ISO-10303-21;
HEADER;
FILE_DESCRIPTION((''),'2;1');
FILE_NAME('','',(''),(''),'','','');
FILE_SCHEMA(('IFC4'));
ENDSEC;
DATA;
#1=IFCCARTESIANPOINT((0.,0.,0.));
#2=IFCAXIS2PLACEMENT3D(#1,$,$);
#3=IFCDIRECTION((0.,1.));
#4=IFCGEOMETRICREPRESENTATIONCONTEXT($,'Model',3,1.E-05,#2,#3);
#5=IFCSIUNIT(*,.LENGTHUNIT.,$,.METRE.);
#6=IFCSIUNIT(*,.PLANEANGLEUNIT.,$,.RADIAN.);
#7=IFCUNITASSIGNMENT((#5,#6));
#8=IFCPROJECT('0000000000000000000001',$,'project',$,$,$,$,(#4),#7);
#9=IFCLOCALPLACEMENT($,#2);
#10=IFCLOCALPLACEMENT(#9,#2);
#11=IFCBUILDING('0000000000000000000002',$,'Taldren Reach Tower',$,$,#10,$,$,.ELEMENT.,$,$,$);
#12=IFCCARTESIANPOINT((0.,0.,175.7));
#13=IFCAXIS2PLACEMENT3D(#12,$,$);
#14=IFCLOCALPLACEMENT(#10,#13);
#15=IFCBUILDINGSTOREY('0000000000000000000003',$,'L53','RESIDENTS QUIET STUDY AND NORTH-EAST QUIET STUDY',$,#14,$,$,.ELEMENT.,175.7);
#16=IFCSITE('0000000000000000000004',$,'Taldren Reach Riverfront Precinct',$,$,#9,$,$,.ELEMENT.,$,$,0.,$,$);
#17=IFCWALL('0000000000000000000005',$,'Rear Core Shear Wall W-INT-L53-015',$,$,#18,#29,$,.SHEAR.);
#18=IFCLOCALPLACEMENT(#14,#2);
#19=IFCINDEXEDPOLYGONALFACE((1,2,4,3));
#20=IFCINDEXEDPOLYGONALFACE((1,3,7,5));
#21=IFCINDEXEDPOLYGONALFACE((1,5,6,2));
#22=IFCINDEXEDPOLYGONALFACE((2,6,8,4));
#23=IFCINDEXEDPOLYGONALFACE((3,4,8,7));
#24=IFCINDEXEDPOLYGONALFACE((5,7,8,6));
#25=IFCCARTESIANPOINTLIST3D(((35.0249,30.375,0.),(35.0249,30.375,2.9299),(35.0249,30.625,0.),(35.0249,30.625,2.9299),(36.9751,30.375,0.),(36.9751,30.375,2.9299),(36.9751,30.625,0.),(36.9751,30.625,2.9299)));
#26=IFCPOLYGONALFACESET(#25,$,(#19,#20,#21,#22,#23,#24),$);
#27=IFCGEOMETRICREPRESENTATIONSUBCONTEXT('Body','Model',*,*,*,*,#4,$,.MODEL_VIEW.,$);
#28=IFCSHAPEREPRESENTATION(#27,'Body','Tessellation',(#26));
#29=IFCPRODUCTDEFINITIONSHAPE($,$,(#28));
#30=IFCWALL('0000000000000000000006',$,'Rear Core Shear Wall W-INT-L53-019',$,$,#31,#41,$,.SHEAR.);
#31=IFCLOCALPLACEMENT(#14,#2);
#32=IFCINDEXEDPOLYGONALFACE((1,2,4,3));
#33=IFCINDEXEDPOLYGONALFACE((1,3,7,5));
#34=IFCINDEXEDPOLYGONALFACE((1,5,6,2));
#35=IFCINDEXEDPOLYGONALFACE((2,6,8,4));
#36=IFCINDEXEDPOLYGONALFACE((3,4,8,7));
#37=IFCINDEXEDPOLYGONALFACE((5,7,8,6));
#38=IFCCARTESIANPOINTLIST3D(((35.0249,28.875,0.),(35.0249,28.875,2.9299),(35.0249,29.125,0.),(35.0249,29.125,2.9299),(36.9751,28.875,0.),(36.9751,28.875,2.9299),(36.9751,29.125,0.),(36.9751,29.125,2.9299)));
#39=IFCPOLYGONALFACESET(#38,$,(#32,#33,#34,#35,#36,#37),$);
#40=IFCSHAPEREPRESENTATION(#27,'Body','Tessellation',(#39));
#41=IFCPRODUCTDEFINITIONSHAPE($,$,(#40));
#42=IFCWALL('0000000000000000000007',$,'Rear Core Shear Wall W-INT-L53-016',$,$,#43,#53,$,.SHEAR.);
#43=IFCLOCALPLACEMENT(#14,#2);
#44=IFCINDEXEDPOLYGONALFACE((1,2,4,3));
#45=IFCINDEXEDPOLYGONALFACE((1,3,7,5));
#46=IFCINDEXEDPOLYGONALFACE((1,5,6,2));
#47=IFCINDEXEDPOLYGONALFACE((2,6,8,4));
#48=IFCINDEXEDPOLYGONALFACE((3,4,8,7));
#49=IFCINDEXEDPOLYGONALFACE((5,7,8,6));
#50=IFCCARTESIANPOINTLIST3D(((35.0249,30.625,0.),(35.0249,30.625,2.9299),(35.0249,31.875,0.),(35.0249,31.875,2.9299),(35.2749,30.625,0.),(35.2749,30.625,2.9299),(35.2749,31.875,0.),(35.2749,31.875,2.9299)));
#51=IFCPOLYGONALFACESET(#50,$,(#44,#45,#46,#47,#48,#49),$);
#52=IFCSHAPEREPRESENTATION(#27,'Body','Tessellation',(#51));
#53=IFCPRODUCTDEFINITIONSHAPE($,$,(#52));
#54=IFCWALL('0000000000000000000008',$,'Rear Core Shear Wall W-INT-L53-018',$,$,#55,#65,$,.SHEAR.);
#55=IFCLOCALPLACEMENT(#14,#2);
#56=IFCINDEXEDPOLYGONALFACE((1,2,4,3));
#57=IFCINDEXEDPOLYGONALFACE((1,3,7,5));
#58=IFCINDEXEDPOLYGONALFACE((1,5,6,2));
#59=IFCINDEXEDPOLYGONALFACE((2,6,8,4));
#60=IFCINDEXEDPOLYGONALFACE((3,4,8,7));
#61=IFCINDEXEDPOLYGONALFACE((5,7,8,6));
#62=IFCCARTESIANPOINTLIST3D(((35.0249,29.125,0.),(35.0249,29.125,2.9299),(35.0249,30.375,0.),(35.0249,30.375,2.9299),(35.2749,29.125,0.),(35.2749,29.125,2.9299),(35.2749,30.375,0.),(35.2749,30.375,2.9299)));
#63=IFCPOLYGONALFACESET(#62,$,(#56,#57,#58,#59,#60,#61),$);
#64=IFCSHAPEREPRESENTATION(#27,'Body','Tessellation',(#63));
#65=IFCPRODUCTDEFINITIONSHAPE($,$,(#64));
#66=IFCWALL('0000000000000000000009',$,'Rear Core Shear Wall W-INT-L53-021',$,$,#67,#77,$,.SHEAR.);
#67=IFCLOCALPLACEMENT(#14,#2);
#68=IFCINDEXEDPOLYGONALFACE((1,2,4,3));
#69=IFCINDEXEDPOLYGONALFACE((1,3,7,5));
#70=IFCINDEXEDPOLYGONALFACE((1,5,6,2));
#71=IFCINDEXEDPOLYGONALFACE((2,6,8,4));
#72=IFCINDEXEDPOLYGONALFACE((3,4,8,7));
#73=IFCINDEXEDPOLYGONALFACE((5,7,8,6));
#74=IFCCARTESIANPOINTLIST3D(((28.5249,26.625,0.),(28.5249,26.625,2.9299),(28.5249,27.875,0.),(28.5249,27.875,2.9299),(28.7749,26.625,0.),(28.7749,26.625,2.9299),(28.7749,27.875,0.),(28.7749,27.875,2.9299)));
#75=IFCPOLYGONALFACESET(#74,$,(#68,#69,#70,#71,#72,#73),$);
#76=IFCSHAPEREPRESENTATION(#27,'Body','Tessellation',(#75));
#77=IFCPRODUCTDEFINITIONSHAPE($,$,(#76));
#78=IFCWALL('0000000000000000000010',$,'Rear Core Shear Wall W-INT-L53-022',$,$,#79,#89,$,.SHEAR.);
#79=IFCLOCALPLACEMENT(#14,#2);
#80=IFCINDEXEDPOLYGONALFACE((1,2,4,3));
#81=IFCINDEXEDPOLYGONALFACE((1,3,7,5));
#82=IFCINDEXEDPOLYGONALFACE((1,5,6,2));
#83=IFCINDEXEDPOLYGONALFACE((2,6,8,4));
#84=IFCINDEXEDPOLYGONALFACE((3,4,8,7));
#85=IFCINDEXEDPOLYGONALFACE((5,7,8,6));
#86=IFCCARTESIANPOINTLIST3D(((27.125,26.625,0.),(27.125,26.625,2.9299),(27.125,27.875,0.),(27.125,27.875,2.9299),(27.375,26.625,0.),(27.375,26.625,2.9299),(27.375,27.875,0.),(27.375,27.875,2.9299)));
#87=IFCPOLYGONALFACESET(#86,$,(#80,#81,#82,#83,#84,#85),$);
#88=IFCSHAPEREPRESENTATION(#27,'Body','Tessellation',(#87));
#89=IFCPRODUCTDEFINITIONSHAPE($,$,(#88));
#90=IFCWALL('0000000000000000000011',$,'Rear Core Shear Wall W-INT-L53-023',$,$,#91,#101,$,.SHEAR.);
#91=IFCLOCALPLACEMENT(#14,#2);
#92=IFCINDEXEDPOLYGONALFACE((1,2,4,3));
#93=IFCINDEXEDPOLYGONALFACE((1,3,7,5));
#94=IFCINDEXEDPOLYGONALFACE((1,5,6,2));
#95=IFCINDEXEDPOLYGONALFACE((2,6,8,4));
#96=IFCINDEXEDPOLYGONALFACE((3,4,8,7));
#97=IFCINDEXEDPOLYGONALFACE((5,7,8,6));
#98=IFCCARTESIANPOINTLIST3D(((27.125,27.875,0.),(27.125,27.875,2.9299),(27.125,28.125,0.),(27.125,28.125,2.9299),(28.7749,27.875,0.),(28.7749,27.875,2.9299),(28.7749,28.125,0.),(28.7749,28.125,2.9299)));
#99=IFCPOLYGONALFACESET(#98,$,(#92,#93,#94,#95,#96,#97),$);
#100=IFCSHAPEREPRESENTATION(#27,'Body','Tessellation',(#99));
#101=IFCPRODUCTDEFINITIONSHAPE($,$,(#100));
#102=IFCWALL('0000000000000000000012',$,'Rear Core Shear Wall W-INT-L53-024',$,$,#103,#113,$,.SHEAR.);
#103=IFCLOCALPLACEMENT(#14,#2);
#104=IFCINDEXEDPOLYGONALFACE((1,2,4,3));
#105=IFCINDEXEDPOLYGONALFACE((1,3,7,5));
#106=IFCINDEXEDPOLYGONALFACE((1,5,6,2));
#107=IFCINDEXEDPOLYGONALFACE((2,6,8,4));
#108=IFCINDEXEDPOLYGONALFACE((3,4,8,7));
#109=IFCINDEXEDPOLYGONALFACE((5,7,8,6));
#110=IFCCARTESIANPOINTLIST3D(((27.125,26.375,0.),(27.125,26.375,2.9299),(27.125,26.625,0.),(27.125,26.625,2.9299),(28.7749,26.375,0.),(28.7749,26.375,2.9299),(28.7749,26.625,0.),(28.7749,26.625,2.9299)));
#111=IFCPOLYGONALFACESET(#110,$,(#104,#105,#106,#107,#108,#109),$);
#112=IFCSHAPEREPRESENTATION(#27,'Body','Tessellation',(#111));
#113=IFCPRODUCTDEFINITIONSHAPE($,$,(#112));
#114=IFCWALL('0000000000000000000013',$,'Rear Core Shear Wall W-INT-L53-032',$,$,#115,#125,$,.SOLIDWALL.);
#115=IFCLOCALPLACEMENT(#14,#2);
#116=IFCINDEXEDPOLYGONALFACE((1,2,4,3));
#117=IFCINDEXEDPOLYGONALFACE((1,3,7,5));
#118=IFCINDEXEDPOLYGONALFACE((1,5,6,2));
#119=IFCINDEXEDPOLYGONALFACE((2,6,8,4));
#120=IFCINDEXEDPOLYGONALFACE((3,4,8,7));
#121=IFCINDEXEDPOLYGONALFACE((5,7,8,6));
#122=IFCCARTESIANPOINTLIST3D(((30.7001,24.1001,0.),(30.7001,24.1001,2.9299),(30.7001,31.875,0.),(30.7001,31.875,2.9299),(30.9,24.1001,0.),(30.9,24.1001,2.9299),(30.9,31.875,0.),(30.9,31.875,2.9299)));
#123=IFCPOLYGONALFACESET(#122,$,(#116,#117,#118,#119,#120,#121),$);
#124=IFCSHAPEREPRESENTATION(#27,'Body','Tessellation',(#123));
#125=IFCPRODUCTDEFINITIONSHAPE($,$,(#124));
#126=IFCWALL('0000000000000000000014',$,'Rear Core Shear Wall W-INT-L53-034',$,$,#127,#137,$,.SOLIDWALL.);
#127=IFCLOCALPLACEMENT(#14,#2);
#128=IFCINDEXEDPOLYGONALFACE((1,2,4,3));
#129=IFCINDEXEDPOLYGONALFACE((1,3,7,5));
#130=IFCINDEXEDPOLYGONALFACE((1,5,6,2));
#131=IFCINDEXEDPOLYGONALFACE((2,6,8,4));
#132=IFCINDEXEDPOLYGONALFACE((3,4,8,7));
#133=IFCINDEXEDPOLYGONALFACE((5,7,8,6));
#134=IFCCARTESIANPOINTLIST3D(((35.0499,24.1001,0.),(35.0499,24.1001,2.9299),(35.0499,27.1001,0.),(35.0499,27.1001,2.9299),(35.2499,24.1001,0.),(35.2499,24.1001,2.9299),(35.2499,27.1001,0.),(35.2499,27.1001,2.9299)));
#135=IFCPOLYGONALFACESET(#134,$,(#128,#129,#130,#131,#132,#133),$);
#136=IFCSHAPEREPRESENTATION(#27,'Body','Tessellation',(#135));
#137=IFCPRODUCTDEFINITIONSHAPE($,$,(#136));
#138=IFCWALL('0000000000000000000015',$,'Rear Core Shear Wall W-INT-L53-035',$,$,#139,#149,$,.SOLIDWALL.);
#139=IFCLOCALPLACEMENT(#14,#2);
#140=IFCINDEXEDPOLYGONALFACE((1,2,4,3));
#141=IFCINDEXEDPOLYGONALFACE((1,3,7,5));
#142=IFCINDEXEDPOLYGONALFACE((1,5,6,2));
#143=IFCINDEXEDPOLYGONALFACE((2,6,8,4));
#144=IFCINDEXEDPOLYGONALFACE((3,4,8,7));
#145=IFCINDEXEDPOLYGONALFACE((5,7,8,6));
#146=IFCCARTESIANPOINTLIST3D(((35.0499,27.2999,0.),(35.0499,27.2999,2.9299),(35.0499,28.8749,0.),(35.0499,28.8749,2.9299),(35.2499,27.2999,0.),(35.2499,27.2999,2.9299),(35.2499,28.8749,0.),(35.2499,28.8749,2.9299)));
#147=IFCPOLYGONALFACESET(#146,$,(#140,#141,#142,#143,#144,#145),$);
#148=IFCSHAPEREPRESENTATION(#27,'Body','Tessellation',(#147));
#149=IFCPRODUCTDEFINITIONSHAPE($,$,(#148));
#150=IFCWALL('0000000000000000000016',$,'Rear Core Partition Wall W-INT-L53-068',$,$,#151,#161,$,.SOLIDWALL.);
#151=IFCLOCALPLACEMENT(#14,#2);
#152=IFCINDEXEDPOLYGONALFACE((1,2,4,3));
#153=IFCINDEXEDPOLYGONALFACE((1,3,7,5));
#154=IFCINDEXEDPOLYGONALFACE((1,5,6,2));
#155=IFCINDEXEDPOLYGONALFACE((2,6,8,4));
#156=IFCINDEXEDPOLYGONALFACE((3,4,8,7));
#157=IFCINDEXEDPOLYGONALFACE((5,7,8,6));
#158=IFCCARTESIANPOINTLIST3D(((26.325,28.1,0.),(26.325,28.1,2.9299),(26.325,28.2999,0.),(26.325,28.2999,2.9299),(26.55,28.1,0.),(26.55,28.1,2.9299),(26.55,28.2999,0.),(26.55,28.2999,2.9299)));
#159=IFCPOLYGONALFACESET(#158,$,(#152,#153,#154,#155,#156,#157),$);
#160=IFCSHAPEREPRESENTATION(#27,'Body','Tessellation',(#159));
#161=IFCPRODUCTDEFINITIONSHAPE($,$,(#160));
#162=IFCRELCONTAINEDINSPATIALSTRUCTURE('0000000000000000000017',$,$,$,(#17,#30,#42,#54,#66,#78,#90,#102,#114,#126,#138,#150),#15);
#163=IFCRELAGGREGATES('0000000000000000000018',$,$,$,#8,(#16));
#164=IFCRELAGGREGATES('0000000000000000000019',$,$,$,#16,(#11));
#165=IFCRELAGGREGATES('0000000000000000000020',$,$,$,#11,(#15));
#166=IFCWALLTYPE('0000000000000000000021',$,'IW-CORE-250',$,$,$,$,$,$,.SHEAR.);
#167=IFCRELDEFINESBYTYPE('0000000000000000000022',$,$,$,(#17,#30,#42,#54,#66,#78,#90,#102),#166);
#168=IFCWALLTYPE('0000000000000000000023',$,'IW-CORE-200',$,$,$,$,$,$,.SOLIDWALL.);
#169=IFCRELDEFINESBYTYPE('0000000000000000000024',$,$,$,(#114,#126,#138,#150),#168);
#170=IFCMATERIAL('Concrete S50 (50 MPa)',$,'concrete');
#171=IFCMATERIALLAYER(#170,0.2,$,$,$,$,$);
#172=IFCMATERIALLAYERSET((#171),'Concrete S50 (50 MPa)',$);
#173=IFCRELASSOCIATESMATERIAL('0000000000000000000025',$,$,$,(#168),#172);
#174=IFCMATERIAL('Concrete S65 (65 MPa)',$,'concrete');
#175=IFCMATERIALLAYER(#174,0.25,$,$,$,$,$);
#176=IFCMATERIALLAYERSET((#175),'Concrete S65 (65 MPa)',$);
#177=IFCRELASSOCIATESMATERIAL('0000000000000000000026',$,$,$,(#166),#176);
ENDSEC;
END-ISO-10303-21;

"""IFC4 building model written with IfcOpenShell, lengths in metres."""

from ifc_helpers import new_model, si_unit, direction, frame, frame_2d, origin, place, context, subcontext, project, spatial, rectangle, extrude, source, transform, mapped, material, layer, layer_set, type_object, element, save


model = new_model("IFC4")

# Units and contexts
model_context = context("Model", 3, precision=1e-05, world=origin(), true_north=direction((0.0, 1.0)))
body_context = subcontext(model_context, "Body", "Model", "MODEL_VIEW")
ifc_project = project(units=[si_unit("LENGTHUNIT", "METRE"), si_unit("PLANEANGLEUNIT", "RADIAN")], contexts=[model_context])

# Site, building, storey
site_placement = place(None, origin())
site = spatial("IfcSite", under=ifc_project, at=site_placement, Name="Taldren Reach Riverfront Precinct", CompositionType="ELEMENT", RefElevation=0.0)
building_placement = place(site_placement, origin())
building = spatial("IfcBuilding", under=site, at=building_placement, Name="Taldren Reach Tower", CompositionType="ELEMENT")
storey_placement = place(building_placement, frame((0.0, 0.0, 175.7)))
storey = spatial("IfcBuildingStorey", under=building, at=storey_placement, Name="L53", Description="RESIDENTS QUIET STUDY AND NORTH-EAST QUIET STUDY", CompositionType="ELEMENT", Elevation=175.7)

# Shared definitions
ifc_material_1 = material(Name="Concrete S50 (50 MPa)", Category="concrete")
ifc_layer_1 = layer(ifc_material_1, 0.2)
ifc_layer_set_1 = layer_set([ifc_layer_1], Name="Concrete S50 (50 MPa)")
wall_type_1 = type_object("IfcWallType", Name="IW-CORE-200", PredefinedType="SOLIDWALL", material=ifc_layer_set_1)

# Shared definitions
ifc_material_2 = material(Name="Concrete S65 (65 MPa)", Category="concrete")
ifc_layer_2 = layer(ifc_material_2, 0.25)
ifc_layer_set_2 = layer_set([ifc_layer_2], Name="Concrete S65 (65 MPa)")
wall_type_2 = type_object("IfcWallType", Name="IW-CORE-250", PredefinedType="SHEAR", material=ifc_layer_set_2)

# Walls
shared_shape_1 = source(origin(), body_context, "Body", "SweptSolid", [
    extrude(rectangle(XDim=1.9502, YDim=0.25, at=frame_2d((0.9751, 0.0))), origin(), (0.0, 0.0, 1.0), 2.9299),
])
for number, where, z_axis, x_axis, name in (
    (1, (35.0249, 30.5, 0.0), (0.0, 0.0, 1.0), (1.0, 0.0, 0.0), "Rear Core Shear Wall W-INT-L53-015"),
    (2, (35.0249, 29.0, 0.0), (0.0, 0.0, 1.0), (1.0, 0.0, 0.0), "Rear Core Shear Wall W-INT-L53-019"),
):
    element("IfcWall", number, at=place(storey_placement, frame(where, z_axis=z_axis, x_axis=x_axis)), inside=storey, type_object=wall_type_2, Name=name, PredefinedType="SHEAR", context=body_context, shape_type="MappedRepresentation", body=[
        mapped(shared_shape_1, transform((0.0, 0.0, 0.0), scale=1.0)),
    ])
shared_shape_2 = source(origin(), body_context, "Body", "SweptSolid", [
    extrude(rectangle(XDim=1.25, YDim=0.25, at=frame_2d((0.625, 0.0))), origin(), (0.0, 0.0, 1.0), 2.9299),
])
for number, where, z_axis, x_axis, name in (
    (3, (35.1499, 31.875, 0.0), (0.0, 0.0, 1.0), (0.0, -1.0, 0.0), "Rear Core Shear Wall W-INT-L53-016"),
    (4, (35.1499, 30.375, 0.0), (0.0, 0.0, 1.0), (0.0, -1.0, 0.0), "Rear Core Shear Wall W-INT-L53-018"),
    (5, (28.6499, 26.625, 0.0), (0.0, 0.0, 1.0), (0.0, 1.0, 0.0), "Rear Core Shear Wall W-INT-L53-021"),
    (6, (27.25, 27.875, 0.0), (0.0, 0.0, 1.0), (0.0, -1.0, 0.0), "Rear Core Shear Wall W-INT-L53-022"),
):
    element("IfcWall", number, at=place(storey_placement, frame(where, z_axis=z_axis, x_axis=x_axis)), inside=storey, type_object=wall_type_2, Name=name, PredefinedType="SHEAR", context=body_context, shape_type="MappedRepresentation", body=[
        mapped(shared_shape_2, transform((0.0, 0.0, 0.0), scale=1.0)),
    ])
shared_shape_3 = source(origin(), body_context, "Body", "SweptSolid", [
    extrude(rectangle(XDim=1.6499, YDim=0.25, at=frame_2d((0.825, 0.0))), origin(), (0.0, 0.0, 1.0), 2.9299),
])
for number, where, z_axis, x_axis, name in (
    (7, (28.7749, 28.0, 0.0), (0.0, 0.0, 1.0), (-1.0, 0.0, 0.0), "Rear Core Shear Wall W-INT-L53-023"),
    (8, (27.125, 26.5, 0.0), (0.0, 0.0, 1.0), (1.0, 0.0, 0.0), "Rear Core Shear Wall W-INT-L53-024"),
):
    element("IfcWall", number, at=place(storey_placement, frame(where, z_axis=z_axis, x_axis=x_axis)), inside=storey, type_object=wall_type_2, Name=name, PredefinedType="SHEAR", context=body_context, shape_type="MappedRepresentation", body=[
        mapped(shared_shape_3, transform((0.0, 0.0, 0.0), scale=1.0)),
    ])
shared_shape_4 = source(origin(), body_context, "Body", "SweptSolid", [
    extrude(rectangle(XDim=7.7749, YDim=0.2, at=frame_2d((3.8875, 0.0))), origin(), (0.0, 0.0, 1.0), 2.9299),
])
wall_1_placement = place(storey_placement, frame((30.8, 31.875, 0.0), z_axis=(0.0, 0.0, 1.0), x_axis=(0.0, -1.0, 0.0)))
element("IfcWall", 9, at=wall_1_placement, inside=storey, type_object=wall_type_1, Name="Rear Core Shear Wall W-INT-L53-032", PredefinedType="SOLIDWALL", context=body_context, shape_type="MappedRepresentation", body=[
    mapped(shared_shape_4, transform((0.0, 0.0, 0.0), scale=1.0)),
])
shared_shape_5 = source(origin(), body_context, "Body", "SweptSolid", [
    extrude(rectangle(XDim=3.0, YDim=0.2, at=frame_2d((1.5, 0.0))), origin(), (0.0, 0.0, 1.0), 2.9299),
])
wall_2_placement = place(storey_placement, frame((35.1499, 27.1001, 0.0), z_axis=(0.0, 0.0, 1.0), x_axis=(0.0, -1.0, 0.0)))
element("IfcWall", 10, at=wall_2_placement, inside=storey, type_object=wall_type_1, Name="Rear Core Shear Wall W-INT-L53-034", PredefinedType="SOLIDWALL", context=body_context, shape_type="MappedRepresentation", body=[
    mapped(shared_shape_5, transform((0.0, 0.0, 0.0), scale=1.0)),
])
shared_shape_6 = source(origin(), body_context, "Body", "SweptSolid", [
    extrude(rectangle(XDim=1.575, YDim=0.2, at=frame_2d((0.7876, 0.0))), origin(), (0.0, 0.0, 1.0), 2.9299),
])
wall_3_placement = place(storey_placement, frame((35.1499, 28.875, 0.0), z_axis=(0.0, 0.0, 1.0), x_axis=(0.0, -1.0, 0.0)))
element("IfcWall", 11, at=wall_3_placement, inside=storey, type_object=wall_type_1, Name="Rear Core Shear Wall W-INT-L53-035", PredefinedType="SOLIDWALL", context=body_context, shape_type="MappedRepresentation", body=[
    mapped(shared_shape_6, transform((0.0, 0.0, 0.0), scale=1.0)),
])
shared_shape_7 = source(origin(), body_context, "Body", "SweptSolid", [
    extrude(rectangle(XDim=0.2251, YDim=0.2, at=frame_2d((0.1125, 0.0))), origin(), (0.0, 0.0, 1.0), 2.9299),
])
wall_4_placement = place(storey_placement, frame((26.325, 28.2, 0.0), z_axis=(0.0, 0.0, 1.0), x_axis=(1.0, 0.0, 0.0)))
element("IfcWall", 12, at=wall_4_placement, inside=storey, type_object=wall_type_1, Name="Rear Core Partition Wall W-INT-L53-068", PredefinedType="SOLIDWALL", context=body_context, shape_type="MappedRepresentation", body=[
    mapped(shared_shape_7, transform((0.0, 0.0, 0.0), scale=1.0)),
])

save(model, "model.ifc")
